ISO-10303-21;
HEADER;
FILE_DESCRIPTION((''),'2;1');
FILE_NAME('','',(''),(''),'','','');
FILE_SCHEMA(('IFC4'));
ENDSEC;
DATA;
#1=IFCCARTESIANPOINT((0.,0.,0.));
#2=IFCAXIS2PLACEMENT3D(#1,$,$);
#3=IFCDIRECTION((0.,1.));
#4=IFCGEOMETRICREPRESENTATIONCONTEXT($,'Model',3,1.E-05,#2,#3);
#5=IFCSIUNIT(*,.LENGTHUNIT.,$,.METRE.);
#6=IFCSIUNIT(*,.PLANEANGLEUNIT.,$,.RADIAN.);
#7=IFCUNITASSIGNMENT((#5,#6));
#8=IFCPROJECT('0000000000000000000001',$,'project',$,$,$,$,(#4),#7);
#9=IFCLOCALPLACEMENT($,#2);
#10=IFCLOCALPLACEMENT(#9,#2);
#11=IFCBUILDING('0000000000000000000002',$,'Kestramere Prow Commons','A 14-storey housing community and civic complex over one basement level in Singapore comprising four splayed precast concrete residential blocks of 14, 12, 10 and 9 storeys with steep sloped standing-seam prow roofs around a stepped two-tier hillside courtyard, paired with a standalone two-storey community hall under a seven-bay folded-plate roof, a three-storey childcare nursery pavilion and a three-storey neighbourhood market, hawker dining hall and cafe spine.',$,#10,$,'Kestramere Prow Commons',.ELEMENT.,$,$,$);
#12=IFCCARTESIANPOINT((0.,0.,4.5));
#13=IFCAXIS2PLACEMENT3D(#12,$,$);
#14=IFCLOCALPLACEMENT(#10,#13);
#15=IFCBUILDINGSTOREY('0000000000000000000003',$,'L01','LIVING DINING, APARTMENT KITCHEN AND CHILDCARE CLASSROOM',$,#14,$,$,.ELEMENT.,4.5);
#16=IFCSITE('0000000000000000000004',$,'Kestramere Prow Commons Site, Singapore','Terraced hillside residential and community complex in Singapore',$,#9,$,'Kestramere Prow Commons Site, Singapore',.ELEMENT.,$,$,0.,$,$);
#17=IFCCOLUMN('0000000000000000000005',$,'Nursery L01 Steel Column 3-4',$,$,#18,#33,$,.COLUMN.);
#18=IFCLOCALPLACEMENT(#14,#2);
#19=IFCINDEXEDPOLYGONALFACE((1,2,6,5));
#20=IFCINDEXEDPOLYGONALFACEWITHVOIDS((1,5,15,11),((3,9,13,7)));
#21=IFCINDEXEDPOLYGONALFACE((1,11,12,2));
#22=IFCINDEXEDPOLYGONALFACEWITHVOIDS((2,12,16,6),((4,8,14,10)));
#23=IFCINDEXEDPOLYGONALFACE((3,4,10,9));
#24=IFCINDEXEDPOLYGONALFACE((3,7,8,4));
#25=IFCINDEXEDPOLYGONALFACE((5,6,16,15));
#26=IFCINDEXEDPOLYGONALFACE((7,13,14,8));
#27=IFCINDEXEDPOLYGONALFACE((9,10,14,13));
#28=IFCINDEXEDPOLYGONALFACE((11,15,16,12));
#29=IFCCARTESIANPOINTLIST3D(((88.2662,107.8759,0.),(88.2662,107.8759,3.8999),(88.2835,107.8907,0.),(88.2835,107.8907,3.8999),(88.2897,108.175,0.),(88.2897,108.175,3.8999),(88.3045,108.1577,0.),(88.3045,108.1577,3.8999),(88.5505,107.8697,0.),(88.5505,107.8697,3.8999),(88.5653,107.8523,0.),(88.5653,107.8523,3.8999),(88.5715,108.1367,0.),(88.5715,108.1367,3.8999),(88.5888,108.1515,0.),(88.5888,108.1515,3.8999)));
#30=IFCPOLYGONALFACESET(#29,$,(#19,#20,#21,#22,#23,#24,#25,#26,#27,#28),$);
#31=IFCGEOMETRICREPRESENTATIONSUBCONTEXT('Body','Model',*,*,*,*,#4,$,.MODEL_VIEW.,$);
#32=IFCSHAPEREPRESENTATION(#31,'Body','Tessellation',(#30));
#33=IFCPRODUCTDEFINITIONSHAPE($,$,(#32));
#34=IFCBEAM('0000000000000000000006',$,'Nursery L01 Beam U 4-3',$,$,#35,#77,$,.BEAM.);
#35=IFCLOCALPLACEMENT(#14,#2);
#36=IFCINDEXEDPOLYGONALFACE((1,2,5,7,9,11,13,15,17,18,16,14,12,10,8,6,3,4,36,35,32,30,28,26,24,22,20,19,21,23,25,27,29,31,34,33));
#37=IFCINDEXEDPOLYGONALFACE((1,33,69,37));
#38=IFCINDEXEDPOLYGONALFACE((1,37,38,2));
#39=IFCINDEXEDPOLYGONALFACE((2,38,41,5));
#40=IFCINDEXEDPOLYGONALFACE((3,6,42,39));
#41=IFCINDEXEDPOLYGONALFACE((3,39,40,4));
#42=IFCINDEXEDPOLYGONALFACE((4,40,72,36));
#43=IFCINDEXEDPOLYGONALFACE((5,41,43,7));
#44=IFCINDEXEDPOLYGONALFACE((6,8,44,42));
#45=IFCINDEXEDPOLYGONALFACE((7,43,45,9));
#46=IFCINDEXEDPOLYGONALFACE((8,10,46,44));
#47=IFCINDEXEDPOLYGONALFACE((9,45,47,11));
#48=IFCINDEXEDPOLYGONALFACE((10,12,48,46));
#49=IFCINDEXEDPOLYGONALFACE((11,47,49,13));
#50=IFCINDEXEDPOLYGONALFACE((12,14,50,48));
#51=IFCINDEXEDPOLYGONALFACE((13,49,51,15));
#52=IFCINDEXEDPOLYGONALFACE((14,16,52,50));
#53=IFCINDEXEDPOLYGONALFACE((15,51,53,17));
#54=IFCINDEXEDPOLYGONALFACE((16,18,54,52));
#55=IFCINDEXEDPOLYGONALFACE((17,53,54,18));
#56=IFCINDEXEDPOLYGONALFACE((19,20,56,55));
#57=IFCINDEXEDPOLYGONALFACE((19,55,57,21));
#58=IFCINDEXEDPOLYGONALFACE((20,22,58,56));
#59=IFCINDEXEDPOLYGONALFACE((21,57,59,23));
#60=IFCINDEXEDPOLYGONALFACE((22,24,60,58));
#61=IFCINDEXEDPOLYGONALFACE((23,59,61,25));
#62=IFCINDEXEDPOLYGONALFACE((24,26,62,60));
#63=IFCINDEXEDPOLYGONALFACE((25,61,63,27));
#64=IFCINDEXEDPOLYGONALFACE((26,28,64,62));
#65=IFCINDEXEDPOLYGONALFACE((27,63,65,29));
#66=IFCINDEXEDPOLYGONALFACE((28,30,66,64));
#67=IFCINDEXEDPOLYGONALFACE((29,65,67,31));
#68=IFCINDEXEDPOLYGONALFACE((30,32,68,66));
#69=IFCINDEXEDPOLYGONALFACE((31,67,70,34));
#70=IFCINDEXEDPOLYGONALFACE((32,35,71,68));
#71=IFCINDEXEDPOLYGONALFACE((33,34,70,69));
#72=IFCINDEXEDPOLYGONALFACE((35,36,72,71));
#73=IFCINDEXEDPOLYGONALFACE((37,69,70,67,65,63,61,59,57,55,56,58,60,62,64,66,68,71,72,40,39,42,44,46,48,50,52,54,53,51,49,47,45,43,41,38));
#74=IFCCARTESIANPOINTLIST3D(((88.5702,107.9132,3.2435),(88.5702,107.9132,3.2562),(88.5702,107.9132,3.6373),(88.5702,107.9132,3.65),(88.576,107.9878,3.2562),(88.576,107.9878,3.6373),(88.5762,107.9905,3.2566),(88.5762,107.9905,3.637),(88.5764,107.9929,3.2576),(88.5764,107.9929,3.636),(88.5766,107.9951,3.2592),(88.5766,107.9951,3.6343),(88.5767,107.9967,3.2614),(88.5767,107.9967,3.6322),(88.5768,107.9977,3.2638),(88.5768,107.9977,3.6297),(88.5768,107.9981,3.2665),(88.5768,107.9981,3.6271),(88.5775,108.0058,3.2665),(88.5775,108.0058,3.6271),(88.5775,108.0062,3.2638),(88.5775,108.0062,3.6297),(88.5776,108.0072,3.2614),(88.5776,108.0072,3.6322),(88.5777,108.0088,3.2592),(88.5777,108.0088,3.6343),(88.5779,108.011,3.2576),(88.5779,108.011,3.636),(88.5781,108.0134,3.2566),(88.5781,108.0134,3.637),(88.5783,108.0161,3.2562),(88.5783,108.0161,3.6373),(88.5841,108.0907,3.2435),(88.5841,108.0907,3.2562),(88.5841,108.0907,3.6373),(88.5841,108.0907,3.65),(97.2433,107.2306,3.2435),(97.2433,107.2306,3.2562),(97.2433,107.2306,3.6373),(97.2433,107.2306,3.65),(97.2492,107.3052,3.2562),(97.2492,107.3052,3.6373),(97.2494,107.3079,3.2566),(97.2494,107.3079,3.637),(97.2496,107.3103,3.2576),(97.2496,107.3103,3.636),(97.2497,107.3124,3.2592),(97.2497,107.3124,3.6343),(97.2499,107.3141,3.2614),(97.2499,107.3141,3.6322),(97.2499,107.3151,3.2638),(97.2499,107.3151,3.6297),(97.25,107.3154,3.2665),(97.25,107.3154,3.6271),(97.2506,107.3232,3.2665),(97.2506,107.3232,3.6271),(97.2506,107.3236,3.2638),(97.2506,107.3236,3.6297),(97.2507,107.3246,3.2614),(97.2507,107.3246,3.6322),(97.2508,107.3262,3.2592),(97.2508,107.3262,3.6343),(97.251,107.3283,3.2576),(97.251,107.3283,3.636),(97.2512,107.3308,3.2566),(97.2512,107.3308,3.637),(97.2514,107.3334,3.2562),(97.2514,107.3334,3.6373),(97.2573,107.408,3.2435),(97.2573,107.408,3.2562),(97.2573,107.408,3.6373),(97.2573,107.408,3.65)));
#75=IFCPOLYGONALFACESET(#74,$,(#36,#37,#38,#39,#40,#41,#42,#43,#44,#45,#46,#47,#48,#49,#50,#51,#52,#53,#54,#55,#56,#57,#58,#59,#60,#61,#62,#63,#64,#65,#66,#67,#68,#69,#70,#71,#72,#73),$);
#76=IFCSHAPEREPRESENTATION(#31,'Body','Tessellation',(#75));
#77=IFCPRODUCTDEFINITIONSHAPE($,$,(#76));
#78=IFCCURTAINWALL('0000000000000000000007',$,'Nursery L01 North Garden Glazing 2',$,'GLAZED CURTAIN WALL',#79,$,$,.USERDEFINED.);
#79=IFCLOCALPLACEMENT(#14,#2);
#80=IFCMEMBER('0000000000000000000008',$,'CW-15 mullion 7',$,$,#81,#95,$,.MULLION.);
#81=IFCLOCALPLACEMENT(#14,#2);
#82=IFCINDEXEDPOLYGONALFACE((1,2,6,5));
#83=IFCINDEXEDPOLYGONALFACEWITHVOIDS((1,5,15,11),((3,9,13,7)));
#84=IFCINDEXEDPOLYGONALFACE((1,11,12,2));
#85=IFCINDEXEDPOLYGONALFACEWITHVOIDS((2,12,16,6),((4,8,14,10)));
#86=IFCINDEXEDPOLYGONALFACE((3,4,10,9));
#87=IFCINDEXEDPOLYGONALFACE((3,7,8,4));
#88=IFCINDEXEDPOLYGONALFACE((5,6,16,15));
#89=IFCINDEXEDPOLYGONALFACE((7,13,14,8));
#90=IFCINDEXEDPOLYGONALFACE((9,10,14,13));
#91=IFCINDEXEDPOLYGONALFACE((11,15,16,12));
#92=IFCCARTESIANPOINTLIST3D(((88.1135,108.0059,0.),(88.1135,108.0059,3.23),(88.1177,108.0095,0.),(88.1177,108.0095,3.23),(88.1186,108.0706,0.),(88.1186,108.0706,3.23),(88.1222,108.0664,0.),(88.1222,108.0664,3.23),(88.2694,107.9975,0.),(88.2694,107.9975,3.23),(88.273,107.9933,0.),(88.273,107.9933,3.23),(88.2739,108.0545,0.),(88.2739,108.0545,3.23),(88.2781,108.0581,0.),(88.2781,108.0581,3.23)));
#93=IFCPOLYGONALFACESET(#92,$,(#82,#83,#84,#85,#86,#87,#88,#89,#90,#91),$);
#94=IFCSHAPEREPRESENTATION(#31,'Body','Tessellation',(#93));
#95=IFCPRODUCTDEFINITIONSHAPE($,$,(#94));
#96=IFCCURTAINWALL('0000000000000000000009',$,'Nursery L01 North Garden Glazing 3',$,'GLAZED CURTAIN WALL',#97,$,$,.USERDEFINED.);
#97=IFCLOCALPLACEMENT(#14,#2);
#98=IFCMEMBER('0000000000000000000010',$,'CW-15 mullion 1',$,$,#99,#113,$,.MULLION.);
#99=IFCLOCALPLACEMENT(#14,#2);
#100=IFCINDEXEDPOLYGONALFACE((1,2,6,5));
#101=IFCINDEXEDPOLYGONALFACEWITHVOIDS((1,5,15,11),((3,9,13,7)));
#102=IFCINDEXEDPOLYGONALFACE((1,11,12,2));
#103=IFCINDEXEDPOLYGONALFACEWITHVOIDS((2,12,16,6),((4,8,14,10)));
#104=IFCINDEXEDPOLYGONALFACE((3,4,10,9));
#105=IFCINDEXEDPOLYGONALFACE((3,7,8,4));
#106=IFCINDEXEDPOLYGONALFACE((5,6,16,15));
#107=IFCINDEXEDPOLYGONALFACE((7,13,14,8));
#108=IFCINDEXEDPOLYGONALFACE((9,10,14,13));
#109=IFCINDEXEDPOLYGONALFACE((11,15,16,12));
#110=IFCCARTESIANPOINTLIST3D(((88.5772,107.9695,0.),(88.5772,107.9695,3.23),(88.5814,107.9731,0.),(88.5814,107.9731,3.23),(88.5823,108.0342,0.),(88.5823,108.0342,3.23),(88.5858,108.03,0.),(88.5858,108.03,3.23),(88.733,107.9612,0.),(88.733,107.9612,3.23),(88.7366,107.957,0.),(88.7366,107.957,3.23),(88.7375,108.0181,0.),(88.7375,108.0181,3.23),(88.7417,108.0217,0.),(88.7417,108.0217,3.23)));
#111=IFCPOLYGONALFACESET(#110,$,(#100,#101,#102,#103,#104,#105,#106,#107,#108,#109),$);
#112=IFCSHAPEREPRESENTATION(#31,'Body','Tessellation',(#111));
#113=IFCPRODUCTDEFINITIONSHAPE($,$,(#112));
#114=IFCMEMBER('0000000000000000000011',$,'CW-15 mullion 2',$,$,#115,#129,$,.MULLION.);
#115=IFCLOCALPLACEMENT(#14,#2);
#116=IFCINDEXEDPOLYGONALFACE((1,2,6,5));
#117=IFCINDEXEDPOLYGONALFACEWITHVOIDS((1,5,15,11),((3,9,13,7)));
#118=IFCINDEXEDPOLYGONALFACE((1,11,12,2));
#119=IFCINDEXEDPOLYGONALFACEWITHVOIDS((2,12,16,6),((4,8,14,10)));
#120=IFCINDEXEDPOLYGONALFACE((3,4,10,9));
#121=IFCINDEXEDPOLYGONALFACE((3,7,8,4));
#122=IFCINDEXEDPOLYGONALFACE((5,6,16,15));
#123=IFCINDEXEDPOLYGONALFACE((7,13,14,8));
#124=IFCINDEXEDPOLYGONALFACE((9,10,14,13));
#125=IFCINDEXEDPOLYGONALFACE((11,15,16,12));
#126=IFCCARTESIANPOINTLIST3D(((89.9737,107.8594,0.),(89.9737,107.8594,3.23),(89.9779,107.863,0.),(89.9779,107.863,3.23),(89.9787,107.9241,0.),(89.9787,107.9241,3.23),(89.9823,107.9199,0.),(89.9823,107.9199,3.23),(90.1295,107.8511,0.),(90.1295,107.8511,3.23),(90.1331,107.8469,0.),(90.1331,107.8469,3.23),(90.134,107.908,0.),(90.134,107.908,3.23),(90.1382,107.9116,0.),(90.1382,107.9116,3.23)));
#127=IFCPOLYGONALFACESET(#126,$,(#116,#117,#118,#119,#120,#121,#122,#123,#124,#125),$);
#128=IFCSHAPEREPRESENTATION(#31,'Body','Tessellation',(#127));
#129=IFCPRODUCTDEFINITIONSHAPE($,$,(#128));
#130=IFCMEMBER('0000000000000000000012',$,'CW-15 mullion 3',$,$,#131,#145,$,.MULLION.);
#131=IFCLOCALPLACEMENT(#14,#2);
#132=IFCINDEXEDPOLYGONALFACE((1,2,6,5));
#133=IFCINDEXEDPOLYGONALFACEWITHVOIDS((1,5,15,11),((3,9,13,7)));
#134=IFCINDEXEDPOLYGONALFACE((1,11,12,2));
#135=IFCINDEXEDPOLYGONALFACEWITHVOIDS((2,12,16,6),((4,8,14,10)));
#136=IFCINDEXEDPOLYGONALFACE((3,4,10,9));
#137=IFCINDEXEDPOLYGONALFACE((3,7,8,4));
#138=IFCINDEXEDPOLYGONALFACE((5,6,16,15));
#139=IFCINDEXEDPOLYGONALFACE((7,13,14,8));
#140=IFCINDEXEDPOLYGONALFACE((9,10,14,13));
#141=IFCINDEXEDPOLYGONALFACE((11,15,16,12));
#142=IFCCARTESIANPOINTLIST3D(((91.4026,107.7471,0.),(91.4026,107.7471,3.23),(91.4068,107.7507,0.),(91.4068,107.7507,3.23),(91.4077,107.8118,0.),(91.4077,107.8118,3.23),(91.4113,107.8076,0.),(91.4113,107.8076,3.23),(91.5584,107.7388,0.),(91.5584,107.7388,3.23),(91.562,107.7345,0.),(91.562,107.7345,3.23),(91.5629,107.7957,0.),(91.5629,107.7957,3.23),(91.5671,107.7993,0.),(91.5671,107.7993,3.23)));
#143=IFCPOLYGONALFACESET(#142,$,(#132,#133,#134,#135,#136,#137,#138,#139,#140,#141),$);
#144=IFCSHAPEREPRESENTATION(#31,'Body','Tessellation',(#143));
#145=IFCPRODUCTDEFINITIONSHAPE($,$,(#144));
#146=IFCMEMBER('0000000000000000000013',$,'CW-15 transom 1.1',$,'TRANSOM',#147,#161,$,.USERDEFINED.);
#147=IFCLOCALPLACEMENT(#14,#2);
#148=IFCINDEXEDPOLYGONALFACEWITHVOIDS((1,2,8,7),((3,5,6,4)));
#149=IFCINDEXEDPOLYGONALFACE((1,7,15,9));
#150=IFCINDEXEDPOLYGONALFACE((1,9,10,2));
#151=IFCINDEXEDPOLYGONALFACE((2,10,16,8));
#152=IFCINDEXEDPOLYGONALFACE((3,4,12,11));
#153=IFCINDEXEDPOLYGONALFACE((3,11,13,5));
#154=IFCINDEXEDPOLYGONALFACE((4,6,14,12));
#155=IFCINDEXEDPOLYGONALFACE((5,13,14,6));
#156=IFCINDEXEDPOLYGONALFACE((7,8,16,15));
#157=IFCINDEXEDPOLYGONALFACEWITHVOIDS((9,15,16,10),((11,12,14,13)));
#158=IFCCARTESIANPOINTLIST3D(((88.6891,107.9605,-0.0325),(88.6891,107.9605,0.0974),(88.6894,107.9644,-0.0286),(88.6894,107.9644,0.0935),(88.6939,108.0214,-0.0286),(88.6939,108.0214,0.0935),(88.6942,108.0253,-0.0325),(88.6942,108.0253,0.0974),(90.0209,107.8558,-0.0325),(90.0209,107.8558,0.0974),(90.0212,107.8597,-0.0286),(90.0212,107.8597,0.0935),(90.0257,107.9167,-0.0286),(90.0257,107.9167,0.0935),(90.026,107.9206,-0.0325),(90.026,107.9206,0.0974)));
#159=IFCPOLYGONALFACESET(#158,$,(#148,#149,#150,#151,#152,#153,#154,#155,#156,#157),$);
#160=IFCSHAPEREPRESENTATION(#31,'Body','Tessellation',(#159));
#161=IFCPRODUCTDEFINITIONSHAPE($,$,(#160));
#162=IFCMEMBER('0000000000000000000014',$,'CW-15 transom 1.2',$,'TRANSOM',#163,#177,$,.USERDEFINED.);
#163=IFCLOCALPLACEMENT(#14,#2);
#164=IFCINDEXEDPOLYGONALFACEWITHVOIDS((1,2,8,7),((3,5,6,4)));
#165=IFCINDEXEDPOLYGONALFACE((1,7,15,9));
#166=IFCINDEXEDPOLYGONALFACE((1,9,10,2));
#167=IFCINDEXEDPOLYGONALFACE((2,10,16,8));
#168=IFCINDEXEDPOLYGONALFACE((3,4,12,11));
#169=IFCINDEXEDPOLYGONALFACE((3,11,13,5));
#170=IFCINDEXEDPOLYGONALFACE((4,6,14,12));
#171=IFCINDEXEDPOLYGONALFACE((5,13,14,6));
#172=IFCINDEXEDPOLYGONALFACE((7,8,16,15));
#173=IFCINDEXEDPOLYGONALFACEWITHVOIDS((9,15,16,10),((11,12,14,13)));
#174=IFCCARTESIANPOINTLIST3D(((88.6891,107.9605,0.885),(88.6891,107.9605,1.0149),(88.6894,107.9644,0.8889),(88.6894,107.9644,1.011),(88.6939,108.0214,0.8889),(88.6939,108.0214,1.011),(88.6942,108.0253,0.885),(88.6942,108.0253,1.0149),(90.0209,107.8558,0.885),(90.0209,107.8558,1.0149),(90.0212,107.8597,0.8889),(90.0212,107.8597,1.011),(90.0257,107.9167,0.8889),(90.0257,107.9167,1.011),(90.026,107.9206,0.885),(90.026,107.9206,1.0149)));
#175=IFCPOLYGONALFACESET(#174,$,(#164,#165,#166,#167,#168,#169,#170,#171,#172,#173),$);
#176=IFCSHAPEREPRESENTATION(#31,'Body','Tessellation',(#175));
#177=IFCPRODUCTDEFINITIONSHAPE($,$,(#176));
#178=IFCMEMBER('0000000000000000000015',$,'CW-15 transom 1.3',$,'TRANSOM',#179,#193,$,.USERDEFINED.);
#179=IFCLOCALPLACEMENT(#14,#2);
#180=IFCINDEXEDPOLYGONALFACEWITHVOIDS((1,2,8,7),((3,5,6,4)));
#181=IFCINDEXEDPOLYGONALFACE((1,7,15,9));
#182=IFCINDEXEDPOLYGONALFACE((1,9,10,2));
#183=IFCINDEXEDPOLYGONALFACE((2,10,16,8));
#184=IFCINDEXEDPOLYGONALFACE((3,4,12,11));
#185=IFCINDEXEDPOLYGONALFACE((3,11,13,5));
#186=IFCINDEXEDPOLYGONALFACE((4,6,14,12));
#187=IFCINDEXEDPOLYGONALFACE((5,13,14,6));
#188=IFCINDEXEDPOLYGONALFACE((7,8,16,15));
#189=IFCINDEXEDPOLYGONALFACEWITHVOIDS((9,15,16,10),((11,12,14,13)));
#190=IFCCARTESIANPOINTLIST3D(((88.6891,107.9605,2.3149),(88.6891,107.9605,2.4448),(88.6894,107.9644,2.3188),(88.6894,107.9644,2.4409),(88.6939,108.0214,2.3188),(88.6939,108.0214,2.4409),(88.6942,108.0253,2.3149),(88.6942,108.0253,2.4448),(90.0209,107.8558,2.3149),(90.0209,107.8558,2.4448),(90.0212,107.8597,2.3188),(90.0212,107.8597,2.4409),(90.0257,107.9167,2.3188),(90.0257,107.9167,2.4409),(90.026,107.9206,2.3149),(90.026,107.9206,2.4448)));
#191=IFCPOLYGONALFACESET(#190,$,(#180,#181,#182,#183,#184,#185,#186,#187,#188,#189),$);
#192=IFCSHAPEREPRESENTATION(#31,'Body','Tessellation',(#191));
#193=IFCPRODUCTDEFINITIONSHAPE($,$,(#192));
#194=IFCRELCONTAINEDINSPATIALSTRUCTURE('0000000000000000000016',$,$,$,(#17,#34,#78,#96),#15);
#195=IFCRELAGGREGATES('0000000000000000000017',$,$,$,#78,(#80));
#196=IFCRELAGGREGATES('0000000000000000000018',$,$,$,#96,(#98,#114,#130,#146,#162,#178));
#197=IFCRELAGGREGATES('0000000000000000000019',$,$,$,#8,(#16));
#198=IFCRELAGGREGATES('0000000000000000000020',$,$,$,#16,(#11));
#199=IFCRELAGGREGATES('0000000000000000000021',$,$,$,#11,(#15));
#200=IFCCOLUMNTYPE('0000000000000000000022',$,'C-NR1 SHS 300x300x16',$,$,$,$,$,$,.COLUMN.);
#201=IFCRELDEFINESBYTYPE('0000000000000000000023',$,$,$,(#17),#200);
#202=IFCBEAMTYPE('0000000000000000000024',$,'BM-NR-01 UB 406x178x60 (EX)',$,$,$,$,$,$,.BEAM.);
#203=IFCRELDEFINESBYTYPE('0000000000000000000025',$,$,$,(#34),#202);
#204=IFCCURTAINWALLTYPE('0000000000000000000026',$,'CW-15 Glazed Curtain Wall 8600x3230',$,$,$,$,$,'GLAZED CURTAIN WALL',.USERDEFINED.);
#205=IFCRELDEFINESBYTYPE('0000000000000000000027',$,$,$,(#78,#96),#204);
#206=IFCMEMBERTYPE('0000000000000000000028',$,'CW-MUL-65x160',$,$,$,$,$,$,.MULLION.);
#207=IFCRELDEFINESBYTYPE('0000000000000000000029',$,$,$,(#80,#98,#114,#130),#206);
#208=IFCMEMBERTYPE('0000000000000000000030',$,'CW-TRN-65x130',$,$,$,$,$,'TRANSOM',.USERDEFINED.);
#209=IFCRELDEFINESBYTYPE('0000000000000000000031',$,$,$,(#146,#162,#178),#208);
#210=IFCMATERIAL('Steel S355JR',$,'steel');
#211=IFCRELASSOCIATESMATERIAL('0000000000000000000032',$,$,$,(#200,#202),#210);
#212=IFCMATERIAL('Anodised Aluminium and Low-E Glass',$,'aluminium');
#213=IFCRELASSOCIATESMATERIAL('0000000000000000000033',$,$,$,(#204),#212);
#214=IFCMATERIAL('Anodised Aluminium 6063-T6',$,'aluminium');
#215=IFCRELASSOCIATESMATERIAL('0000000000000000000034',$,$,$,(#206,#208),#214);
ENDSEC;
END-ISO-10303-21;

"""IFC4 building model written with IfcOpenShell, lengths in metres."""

from ifc_helpers import new_model, si_unit, direction, frame, origin, origin_2d, place, context, subcontext, project, spatial, hollow_rectangle, i_section, extrude, material, material_profile, profile_set, type_object, element, aggregate, save


model = new_model("IFC4")

# Units and contexts
model_context = context("Model", 3, precision=1e-05, world=origin(), true_north=direction((0.0, 1.0)))
body_context = subcontext(model_context, "Body", "Model", "MODEL_VIEW")
ifc_project = project(units=[si_unit("LENGTHUNIT", "METRE"), si_unit("PLANEANGLEUNIT", "RADIAN")], contexts=[model_context])

# Site, building, storey
site_placement = place(None, origin())
site = spatial("IfcSite", under=ifc_project, at=site_placement, Name="Kestramere Prow Commons Site, Singapore", Description="Terraced hillside residential and community complex in Singapore", LongName="Kestramere Prow Commons Site, Singapore", CompositionType="ELEMENT", RefElevation=0.0)
building_placement = place(site_placement, origin())
building = spatial("IfcBuilding", under=site, at=building_placement, Name="Kestramere Prow Commons", Description="A 14-storey housing community and civic complex over one basement level in Singapore comprising four splayed precast concrete residential blocks of 14, 12, 10 and 9 storeys with steep sloped standing-seam prow roofs around a stepped two-tier hillside courtyard, paired with a standalone two-storey community hall under a seven-bay folded-plate roof, a three-storey childcare nursery pavilion and a three-storey neighbourhood market, hawker dining hall and cafe spine.", LongName="Kestramere Prow Commons", CompositionType="ELEMENT")
storey_placement = place(building_placement, frame((0.0, 0.0, 4.5)))
storey = spatial("IfcBuildingStorey", under=building, at=storey_placement, Name="L01", Description="LIVING DINING, APARTMENT KITCHEN AND CHILDCARE CLASSROOM", CompositionType="ELEMENT", Elevation=4.5)

# Column
ifc_material_1 = material(Name="Steel S355JR", Category="steel")
ifc_material_profile_1 = material_profile(ifc_material_1, hollow_rectangle(XDim=0.3, YDim=0.3, WallThickness=0.0161, at=origin_2d()), Name="SHS 300x300x16")
ifc_profile_set_1 = profile_set([ifc_material_profile_1], Name="Steel S355JR")
column_type = type_object("IfcColumnType", Name="C-NR1 SHS 300x300x16", PredefinedType="COLUMN", material=ifc_profile_set_1)
column_placement = place(storey_placement, frame((88.4275, 108.0137, 0.0), z_axis=(0.0, 0.0, 1.0), x_axis=(0.996917, -0.078459, 0.0)))
element("IfcColumn", 1, at=column_placement, inside=storey, type_object=column_type, Name="Nursery L01 Steel Column 3-4", PredefinedType="COLUMN", context=body_context, shape_type="SweptSolid", body=[
    extrude(hollow_rectangle(XDim=0.3, YDim=0.3, WallThickness=0.0161, at=origin_2d()), origin(), (0.0, 0.0, 1.0), 3.8999),
])

# Beam
ifc_material_profile_2 = material_profile(ifc_material_1, i_section(OverallWidth=0.178, OverallDepth=0.4065, WebThickness=0.0078, FlangeThickness=0.0127, FilletRadius=0.0103, at=origin_2d()), Name="UB 406x178x60")
ifc_profile_set_2 = profile_set([ifc_material_profile_2], Name="Steel S355JR")
beam_type = type_object("IfcBeamType", Name="BM-NR-01 UB 406x178x60 (EX)", PredefinedType="BEAM", material=ifc_profile_set_2)
beam_placement = place(storey_placement, frame((88.5771, 108.002, 3.4468), z_axis=(0.996917, -0.078462, 0.0), x_axis=(0.078462, 0.996917, 0.0)))
element("IfcBeam", 2, at=beam_placement, inside=storey, type_object=beam_type, Name="Nursery L01 Beam U 4-3", PredefinedType="BEAM", context=body_context, shape_type="SweptSolid", body=[
    extrude(i_section(OverallWidth=0.178, OverallDepth=0.4065, WebThickness=0.0078, FlangeThickness=0.0127, FilletRadius=0.0103, at=origin_2d()), origin(), (0.0, 0.0, 1.0), 8.7),
])

# Curtain wall, member
ifc_material_2 = material(Name="Anodised Aluminium and Low-E Glass", Category="aluminium")
curtain_wall_type = type_object("IfcCurtainWallType", Name="CW-15 Glazed Curtain Wall 8600x3230", ElementType="GLAZED CURTAIN WALL", PredefinedType="USERDEFINED", material=ifc_material_2)
curtain_wall_1_placement = place(storey_placement, origin())
curtain_wall_1 = element("IfcCurtainWall", 3, at=curtain_wall_1_placement, inside=storey, type_object=curtain_wall_type, Name="Nursery L01 North Garden Glazing 2", ObjectType="GLAZED CURTAIN WALL", PredefinedType="USERDEFINED")
ifc_material_3 = material(Name="Anodised Aluminium 6063-T6", Category="aluminium")
ifc_material_profile_3 = material_profile(ifc_material_3, hollow_rectangle(XDim=0.0649, YDim=0.1599, WallThickness=0.0039, at=origin_2d()), Name="ALU-MUL 65x160")
ifc_profile_set_3 = profile_set([ifc_material_profile_3], Name="Anodised Aluminium 6063-T6")
member_type_1 = type_object("IfcMemberType", Name="CW-MUL-65x160", PredefinedType="MULLION", material=ifc_profile_set_3)
member_1_placement = place(storey_placement, frame((88.1958, 108.032, 0.0), z_axis=(0.0, 0.0, 1.0), x_axis=(0.078459, 0.996917, 0.0)))
member_1 = element("IfcMember", 4, at=member_1_placement, type_object=member_type_1, Name="CW-15 mullion 7", PredefinedType="MULLION", context=body_context, shape_type="SweptSolid", body=[
    extrude(hollow_rectangle(XDim=0.0649, YDim=0.1599, WallThickness=0.0039, at=origin_2d()), origin(), (0.0, 0.0, 1.0), 3.23),
])
aggregate(curtain_wall_1, [member_1])

# Curtain wall, members
curtain_wall_2_placement = place(storey_placement, origin())
curtain_wall_2 = element("IfcCurtainWall", 5, at=curtain_wall_2_placement, inside=storey, type_object=curtain_wall_type, Name="Nursery L01 North Garden Glazing 3", ObjectType="GLAZED CURTAIN WALL", PredefinedType="USERDEFINED")
member_2_placement = place(storey_placement, frame((88.6594, 107.9956, 0.0), z_axis=(0.0, 0.0, 1.0), x_axis=(0.078459, 0.996917, 0.0)))
member_2 = element("IfcMember", 6, at=member_2_placement, type_object=member_type_1, Name="CW-15 mullion 1", PredefinedType="MULLION", context=body_context, shape_type="SweptSolid", body=[
    extrude(hollow_rectangle(XDim=0.0649, YDim=0.1599, WallThickness=0.0039, at=origin_2d()), origin(), (0.0, 0.0, 1.0), 3.23),
])
member_3_placement = place(storey_placement, frame((90.0559, 107.8855, 0.0), z_axis=(0.0, 0.0, 1.0), x_axis=(0.078459, 0.996917, 0.0)))
member_3 = element("IfcMember", 7, at=member_3_placement, type_object=member_type_1, Name="CW-15 mullion 2", PredefinedType="MULLION", context=body_context, shape_type="SweptSolid", body=[
    extrude(hollow_rectangle(XDim=0.0649, YDim=0.1599, WallThickness=0.0039, at=origin_2d()), origin(), (0.0, 0.0, 1.0), 3.23),
])
member_4_placement = place(storey_placement, frame((91.4849, 107.7732, 0.0), z_axis=(0.0, 0.0, 1.0), x_axis=(0.078459, 0.996917, 0.0)))
member_4 = element("IfcMember", 8, at=member_4_placement, type_object=member_type_1, Name="CW-15 mullion 3", PredefinedType="MULLION", context=body_context, shape_type="SweptSolid", body=[
    extrude(hollow_rectangle(XDim=0.0649, YDim=0.1599, WallThickness=0.0039, at=origin_2d()), origin(), (0.0, 0.0, 1.0), 3.23),
])
ifc_material_profile_4 = material_profile(ifc_material_3, hollow_rectangle(XDim=0.0649, YDim=0.1299, WallThickness=0.0039, at=origin_2d()), Name="ALU-TRN 65x130")
ifc_profile_set_4 = profile_set([ifc_material_profile_4], Name="Anodised Aluminium 6063-T6")
member_type_2 = type_object("IfcMemberType", Name="CW-TRN-65x130", ElementType="TRANSOM", PredefinedType="USERDEFINED", material=ifc_profile_set_4)
member_5_placement = place(storey_placement, frame((88.6917, 107.9929, 0.0325), z_axis=(0.996922, -0.078401, 0.0), x_axis=(0.078401, 0.996922, 0.0)))
member_5 = element("IfcMember", 9, at=member_5_placement, type_object=member_type_2, Name="CW-15 transom 1.1", ObjectType="TRANSOM", PredefinedType="USERDEFINED", context=body_context, shape_type="SweptSolid", body=[
    extrude(hollow_rectangle(XDim=0.0649, YDim=0.1299, WallThickness=0.0039, at=origin_2d()), origin(), (0.0, 0.0, 1.0), 1.3359),
])
member_6_placement = place(storey_placement, frame((88.6917, 107.9929, 0.95), z_axis=(0.996922, -0.078401, 0.0), x_axis=(0.078401, 0.996922, 0.0)))
member_6 = element("IfcMember", 10, at=member_6_placement, type_object=member_type_2, Name="CW-15 transom 1.2", ObjectType="TRANSOM", PredefinedType="USERDEFINED", context=body_context, shape_type="SweptSolid", body=[
    extrude(hollow_rectangle(XDim=0.0649, YDim=0.1299, WallThickness=0.0039, at=origin_2d()), origin(), (0.0, 0.0, 1.0), 1.3359),
])
member_7_placement = place(storey_placement, frame((88.6917, 107.9929, 2.3799), z_axis=(0.996922, -0.078401, 0.0), x_axis=(0.078401, 0.996922, 0.0)))
member_7 = element("IfcMember", 11, at=member_7_placement, type_object=member_type_2, Name="CW-15 transom 1.3", ObjectType="TRANSOM", PredefinedType="USERDEFINED", context=body_context, shape_type="SweptSolid", body=[
    extrude(hollow_rectangle(XDim=0.0649, YDim=0.1299, WallThickness=0.0039, at=origin_2d()), origin(), (0.0, 0.0, 1.0), 1.3359),
])
aggregate(curtain_wall_2, [member_2, member_3, member_4, member_5, member_6, member_7])

save(model, "model.ifc")
